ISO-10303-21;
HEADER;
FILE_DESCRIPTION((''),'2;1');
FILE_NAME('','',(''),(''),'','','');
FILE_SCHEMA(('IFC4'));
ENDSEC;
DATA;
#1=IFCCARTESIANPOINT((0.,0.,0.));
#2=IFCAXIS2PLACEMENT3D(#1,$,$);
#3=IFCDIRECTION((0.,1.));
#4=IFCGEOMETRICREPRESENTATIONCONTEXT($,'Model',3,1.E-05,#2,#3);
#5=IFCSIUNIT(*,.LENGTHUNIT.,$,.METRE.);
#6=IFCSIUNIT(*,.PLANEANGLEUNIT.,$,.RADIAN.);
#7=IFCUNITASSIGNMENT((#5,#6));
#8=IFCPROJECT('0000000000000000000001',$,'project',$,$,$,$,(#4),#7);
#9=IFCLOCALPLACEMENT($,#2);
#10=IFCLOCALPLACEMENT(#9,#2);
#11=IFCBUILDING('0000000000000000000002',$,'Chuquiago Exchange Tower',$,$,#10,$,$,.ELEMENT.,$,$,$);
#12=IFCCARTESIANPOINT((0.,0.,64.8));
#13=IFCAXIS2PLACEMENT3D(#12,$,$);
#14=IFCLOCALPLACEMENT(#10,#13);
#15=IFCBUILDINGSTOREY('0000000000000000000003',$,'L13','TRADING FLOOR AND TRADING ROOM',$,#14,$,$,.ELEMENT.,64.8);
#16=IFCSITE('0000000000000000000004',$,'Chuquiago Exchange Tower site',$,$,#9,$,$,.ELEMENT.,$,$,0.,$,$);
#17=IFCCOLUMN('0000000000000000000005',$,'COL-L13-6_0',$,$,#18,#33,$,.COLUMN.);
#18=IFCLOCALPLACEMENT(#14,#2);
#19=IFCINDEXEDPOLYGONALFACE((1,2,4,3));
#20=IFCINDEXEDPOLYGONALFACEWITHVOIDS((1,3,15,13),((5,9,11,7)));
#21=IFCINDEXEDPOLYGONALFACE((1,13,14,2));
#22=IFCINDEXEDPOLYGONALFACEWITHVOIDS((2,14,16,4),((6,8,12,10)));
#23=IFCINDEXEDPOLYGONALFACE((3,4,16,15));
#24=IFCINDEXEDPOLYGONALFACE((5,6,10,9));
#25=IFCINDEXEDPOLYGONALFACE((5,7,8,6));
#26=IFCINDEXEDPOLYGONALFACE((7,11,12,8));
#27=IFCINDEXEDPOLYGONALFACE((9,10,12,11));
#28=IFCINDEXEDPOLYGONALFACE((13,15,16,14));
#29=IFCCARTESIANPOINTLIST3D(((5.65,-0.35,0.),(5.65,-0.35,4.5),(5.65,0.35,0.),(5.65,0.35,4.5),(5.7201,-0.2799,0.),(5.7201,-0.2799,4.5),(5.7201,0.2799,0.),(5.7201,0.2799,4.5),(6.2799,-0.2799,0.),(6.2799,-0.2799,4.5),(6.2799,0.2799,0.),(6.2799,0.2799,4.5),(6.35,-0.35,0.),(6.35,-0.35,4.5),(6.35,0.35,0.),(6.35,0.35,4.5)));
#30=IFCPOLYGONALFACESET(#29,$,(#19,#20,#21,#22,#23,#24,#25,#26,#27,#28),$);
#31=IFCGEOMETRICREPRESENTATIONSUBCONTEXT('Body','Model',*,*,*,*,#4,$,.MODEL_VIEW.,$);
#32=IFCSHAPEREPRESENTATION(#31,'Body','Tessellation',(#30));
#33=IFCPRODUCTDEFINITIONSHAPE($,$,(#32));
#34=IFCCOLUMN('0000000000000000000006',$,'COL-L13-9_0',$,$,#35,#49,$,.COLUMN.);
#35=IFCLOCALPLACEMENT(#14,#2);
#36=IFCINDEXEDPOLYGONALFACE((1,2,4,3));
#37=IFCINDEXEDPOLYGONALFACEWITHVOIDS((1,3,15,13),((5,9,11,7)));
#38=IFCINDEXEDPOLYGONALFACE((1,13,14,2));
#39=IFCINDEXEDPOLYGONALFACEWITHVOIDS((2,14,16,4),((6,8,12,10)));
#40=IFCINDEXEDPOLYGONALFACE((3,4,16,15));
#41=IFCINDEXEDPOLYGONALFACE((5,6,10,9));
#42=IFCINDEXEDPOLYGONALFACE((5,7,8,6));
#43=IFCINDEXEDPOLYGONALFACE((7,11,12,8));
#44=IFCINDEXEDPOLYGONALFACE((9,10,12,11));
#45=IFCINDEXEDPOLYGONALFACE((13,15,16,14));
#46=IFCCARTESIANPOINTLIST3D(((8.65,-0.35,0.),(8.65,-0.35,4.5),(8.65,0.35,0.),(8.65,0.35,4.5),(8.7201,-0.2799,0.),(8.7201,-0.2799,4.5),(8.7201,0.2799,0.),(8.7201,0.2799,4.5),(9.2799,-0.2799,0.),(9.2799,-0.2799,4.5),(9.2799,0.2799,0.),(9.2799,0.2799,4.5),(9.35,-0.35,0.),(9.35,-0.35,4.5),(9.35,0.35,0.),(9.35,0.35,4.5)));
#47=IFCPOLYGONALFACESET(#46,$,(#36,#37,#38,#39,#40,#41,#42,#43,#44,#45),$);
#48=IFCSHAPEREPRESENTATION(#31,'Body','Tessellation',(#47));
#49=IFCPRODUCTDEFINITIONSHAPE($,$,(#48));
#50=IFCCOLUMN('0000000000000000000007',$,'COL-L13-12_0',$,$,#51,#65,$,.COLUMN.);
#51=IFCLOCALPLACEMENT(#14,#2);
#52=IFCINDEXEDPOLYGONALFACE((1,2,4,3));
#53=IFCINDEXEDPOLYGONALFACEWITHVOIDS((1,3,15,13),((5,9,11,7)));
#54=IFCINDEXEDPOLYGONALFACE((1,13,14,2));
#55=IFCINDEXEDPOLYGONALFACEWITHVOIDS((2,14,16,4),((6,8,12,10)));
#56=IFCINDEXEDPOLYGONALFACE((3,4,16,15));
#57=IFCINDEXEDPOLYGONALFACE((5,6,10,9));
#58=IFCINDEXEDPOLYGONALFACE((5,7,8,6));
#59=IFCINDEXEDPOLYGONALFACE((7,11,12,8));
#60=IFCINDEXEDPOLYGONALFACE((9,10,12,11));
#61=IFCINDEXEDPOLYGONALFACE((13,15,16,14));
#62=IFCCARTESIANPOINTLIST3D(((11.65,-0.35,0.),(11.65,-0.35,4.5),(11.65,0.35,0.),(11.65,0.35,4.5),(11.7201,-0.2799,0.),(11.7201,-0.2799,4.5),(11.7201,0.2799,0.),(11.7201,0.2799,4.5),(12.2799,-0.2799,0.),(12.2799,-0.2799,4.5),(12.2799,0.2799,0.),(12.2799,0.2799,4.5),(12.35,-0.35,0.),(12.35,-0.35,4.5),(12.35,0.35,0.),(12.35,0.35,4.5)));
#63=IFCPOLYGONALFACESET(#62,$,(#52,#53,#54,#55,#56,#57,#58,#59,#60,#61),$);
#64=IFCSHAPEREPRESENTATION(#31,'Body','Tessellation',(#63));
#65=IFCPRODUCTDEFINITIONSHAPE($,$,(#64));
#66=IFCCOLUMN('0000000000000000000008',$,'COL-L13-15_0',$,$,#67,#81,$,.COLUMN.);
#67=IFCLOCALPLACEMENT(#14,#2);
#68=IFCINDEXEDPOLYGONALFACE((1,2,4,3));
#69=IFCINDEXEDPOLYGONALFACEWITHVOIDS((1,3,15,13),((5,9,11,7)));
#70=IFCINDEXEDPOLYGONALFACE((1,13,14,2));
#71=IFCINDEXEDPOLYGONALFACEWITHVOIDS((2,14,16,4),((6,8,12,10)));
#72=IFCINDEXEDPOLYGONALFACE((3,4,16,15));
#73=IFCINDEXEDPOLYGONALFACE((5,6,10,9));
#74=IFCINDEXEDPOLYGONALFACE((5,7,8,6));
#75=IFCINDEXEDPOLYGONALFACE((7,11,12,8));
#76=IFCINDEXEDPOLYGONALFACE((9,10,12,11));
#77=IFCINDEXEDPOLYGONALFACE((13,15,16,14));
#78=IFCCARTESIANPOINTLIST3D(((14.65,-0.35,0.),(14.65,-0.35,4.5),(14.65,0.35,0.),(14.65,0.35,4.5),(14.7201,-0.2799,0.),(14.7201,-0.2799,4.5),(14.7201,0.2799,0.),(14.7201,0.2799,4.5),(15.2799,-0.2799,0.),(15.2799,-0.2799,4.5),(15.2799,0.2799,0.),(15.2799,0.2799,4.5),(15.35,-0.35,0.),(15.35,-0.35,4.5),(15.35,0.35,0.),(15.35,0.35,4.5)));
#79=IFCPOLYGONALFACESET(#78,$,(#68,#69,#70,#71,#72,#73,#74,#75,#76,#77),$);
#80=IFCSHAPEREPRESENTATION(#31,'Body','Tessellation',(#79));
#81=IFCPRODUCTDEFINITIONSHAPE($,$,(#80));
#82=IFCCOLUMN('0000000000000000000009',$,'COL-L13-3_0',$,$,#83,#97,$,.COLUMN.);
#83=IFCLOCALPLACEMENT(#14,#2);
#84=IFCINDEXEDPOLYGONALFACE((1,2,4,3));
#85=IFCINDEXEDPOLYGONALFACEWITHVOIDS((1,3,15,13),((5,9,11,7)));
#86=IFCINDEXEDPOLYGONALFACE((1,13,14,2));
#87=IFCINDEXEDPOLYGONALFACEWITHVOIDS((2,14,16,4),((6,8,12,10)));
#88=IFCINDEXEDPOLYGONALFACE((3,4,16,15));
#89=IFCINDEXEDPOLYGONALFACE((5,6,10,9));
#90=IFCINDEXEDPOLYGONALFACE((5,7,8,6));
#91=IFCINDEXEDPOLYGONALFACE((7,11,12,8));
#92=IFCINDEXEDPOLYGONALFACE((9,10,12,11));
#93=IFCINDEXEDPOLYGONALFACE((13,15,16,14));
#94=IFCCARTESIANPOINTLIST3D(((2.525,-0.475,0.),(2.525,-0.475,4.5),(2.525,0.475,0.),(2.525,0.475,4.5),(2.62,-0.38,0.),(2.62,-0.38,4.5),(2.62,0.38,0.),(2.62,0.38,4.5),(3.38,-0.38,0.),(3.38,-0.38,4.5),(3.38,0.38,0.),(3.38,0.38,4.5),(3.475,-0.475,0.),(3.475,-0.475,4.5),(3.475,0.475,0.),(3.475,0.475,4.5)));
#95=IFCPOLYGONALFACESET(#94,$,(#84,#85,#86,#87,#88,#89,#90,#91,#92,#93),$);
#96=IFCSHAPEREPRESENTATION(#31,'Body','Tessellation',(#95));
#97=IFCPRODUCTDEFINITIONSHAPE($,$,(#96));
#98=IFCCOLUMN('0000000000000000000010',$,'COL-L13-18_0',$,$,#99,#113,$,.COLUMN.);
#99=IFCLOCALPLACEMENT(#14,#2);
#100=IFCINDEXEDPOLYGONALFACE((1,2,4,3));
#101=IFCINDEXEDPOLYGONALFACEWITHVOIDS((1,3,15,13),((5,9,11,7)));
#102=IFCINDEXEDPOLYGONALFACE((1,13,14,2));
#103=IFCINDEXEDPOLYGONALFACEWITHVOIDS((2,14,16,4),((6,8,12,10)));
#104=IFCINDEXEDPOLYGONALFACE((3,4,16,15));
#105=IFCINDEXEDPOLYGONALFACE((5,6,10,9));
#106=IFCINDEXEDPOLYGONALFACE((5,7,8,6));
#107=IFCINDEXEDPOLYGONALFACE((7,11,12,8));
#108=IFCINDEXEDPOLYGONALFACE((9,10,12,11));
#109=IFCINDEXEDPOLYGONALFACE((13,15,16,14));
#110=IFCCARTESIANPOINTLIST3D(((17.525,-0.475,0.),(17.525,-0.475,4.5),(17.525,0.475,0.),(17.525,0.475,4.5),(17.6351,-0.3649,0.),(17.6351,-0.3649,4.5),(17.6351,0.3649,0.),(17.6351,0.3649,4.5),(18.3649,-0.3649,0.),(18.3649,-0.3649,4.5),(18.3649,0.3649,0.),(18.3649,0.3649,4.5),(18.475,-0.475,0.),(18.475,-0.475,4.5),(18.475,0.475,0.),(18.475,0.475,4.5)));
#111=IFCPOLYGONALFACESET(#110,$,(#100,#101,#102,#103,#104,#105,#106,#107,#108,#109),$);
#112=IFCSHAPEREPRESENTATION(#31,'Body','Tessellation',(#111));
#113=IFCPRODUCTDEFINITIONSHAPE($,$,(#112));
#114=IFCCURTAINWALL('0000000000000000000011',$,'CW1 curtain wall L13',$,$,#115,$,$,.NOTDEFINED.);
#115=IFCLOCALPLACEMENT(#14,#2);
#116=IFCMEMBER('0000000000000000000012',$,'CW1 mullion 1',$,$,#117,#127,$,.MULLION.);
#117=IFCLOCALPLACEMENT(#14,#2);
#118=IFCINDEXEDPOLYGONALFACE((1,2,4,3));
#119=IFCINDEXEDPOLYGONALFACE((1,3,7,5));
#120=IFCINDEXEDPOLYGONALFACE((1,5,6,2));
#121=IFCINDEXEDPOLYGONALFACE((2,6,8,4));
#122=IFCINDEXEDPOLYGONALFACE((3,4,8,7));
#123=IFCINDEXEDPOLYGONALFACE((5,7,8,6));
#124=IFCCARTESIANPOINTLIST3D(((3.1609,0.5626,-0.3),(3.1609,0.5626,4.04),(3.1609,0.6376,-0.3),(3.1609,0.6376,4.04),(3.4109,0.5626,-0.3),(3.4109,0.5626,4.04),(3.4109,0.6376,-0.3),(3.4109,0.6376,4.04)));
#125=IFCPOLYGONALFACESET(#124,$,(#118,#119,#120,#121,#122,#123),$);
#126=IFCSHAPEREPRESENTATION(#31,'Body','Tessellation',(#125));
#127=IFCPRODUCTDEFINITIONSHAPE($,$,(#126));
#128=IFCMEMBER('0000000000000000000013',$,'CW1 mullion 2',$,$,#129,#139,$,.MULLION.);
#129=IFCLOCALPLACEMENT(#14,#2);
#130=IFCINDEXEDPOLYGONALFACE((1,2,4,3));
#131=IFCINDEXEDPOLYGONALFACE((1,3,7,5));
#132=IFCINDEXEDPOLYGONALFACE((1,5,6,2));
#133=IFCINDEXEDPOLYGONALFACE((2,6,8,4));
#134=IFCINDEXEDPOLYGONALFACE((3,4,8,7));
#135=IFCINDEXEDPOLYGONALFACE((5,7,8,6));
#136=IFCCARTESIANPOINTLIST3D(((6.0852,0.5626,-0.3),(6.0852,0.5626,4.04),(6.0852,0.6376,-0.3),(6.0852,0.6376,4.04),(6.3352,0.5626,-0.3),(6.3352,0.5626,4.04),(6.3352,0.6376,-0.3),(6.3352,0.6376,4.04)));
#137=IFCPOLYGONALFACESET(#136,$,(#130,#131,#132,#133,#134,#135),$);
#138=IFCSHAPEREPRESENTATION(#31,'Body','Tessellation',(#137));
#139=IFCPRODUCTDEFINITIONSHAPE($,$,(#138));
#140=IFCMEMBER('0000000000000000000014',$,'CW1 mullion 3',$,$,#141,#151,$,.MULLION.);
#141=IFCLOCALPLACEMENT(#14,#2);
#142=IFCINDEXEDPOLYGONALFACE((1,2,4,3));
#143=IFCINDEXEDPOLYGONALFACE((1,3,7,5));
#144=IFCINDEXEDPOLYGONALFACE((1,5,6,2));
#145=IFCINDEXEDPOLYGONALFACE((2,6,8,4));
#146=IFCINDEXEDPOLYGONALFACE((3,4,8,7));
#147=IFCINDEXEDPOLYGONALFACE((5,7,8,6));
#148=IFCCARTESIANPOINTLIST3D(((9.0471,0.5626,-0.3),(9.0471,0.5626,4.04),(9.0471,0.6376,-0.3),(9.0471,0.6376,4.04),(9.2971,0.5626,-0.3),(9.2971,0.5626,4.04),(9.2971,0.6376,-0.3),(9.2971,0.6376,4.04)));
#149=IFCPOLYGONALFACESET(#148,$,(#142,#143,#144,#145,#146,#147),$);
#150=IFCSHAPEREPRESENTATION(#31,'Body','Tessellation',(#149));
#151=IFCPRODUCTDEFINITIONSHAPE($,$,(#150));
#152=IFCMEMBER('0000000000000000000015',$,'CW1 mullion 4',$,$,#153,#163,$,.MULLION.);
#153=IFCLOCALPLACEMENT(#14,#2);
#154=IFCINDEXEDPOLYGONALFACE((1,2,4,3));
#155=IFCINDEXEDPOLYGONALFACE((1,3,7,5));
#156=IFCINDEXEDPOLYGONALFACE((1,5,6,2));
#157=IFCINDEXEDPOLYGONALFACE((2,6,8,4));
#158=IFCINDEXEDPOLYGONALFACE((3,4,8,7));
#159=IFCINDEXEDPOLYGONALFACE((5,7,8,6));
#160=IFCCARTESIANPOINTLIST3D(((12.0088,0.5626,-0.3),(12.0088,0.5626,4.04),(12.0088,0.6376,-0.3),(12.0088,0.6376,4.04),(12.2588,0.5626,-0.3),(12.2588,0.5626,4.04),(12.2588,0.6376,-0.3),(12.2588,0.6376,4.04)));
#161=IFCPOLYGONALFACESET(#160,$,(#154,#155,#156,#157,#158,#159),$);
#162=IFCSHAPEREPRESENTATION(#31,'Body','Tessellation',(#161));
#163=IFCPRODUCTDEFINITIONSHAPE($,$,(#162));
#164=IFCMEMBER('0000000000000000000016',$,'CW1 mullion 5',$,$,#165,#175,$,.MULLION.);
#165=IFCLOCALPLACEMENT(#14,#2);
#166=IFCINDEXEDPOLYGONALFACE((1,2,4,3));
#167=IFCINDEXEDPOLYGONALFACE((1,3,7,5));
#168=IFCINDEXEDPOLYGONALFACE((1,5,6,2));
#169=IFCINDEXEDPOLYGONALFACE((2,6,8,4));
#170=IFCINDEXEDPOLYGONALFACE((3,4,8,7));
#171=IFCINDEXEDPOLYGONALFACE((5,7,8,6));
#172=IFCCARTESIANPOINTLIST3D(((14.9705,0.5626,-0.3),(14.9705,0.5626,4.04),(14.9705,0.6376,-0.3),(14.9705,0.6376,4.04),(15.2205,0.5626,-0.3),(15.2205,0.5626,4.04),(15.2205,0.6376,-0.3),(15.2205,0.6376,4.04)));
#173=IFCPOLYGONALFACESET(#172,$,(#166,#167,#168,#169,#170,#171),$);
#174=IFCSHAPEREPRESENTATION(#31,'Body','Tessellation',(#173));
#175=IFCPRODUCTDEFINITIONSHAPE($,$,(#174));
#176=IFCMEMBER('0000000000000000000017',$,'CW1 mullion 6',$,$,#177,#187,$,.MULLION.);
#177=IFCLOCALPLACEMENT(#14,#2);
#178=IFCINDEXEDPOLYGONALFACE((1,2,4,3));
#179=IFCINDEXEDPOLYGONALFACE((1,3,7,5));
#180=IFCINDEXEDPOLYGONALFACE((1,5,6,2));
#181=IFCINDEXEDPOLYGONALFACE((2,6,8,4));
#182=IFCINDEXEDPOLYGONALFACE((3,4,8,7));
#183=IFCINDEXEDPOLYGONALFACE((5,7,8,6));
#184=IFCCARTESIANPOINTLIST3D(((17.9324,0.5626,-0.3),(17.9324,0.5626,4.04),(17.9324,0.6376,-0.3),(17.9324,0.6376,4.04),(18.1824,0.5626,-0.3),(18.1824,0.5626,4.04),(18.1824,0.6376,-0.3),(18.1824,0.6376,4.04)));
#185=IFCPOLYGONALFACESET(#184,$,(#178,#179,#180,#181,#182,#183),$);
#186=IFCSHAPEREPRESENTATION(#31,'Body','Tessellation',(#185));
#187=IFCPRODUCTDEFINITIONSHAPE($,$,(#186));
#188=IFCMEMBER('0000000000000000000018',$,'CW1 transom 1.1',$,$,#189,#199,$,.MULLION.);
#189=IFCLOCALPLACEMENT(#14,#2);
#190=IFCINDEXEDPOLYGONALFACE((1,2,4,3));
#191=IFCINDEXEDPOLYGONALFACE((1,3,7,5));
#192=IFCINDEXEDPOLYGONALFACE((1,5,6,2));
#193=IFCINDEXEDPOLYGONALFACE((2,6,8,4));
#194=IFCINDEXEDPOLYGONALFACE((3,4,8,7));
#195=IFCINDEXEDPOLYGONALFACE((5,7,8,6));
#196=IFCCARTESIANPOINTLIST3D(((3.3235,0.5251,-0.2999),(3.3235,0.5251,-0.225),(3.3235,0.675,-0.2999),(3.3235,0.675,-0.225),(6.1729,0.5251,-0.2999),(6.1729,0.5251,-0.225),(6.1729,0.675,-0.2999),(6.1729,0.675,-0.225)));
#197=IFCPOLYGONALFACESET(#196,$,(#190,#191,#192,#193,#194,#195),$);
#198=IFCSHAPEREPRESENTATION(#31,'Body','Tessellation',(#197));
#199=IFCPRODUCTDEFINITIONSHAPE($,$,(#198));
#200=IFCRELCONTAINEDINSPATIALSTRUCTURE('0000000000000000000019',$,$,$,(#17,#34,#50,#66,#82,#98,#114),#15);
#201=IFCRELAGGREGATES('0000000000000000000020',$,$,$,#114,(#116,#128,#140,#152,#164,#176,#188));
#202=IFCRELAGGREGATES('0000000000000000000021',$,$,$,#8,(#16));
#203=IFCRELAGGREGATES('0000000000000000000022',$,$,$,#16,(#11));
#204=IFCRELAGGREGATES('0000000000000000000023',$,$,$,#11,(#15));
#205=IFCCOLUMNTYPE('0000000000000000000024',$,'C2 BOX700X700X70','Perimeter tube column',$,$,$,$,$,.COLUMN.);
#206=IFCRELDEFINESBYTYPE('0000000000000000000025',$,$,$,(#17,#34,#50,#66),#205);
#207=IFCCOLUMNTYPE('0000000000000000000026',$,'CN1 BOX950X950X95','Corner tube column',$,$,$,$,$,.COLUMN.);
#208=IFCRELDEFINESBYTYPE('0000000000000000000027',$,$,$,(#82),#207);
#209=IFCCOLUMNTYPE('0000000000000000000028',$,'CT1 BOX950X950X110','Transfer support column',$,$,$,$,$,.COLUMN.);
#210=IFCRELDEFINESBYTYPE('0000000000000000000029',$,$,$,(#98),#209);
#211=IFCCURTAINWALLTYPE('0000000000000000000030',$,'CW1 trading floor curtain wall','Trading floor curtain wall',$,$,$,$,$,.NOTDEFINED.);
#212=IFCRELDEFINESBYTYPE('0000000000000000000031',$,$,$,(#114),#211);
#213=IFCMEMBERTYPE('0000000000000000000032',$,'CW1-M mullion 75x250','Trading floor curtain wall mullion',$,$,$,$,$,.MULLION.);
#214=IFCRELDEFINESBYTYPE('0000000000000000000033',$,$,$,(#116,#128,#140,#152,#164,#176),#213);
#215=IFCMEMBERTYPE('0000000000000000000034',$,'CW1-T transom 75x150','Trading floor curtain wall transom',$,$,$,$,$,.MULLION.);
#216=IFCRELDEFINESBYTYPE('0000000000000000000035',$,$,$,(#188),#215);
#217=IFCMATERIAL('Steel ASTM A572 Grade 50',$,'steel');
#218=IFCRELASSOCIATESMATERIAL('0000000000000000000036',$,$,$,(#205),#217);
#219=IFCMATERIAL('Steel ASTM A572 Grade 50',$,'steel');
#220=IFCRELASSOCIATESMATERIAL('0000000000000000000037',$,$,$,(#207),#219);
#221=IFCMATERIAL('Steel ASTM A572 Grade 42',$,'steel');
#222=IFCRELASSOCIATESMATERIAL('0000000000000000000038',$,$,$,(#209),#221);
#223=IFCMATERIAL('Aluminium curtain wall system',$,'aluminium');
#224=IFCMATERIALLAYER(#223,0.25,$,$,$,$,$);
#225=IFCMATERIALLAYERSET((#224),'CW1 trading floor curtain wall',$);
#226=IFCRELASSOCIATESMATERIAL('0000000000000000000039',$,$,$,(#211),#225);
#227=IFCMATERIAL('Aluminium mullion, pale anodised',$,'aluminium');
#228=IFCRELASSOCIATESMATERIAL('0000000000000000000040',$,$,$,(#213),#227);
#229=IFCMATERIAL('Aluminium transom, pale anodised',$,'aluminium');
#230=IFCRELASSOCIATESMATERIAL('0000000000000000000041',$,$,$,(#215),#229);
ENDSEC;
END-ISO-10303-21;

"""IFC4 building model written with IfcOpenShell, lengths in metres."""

from ifc_helpers import new_model, si_unit, direction, frame, origin, origin_2d, place, context, subcontext, project, spatial, rectangle, hollow_rectangle, extrude, material, layer, layer_set, material_profile, profile_set, type_object, element, aggregate, save


model = new_model("IFC4")

# Units and contexts
model_context = context("Model", 3, precision=1e-05, world=origin(), true_north=direction((0.0, 1.0)))
body_context = subcontext(model_context, "Body", "Model", "MODEL_VIEW")
ifc_project = project(units=[si_unit("LENGTHUNIT", "METRE"), si_unit("PLANEANGLEUNIT", "RADIAN")], contexts=[model_context])

# Site, building, storey
site_placement = place(None, origin())
site = spatial("IfcSite", under=ifc_project, at=site_placement, Name="Chuquiago Exchange Tower site", CompositionType="ELEMENT", RefElevation=0.0)
building_placement = place(site_placement, origin())
building = spatial("IfcBuilding", under=site, at=building_placement, Name="Chuquiago Exchange Tower", CompositionType="ELEMENT")
storey_placement = place(building_placement, frame((0.0, 0.0, 64.8)))
storey = spatial("IfcBuildingStorey", under=building, at=storey_placement, Name="L13", Description="TRADING FLOOR AND TRADING ROOM", CompositionType="ELEMENT", Elevation=64.8)

# Columns
ifc_material_1 = material(Name="Steel ASTM A572 Grade 50", Category="steel")
ifc_material_profile_1 = material_profile(ifc_material_1, hollow_rectangle(XDim=0.7, YDim=0.7, WallThickness=0.0701, at=origin_2d()), Name="BOX700X700X70")
ifc_profile_set_1 = profile_set([ifc_material_profile_1], Name="Steel ASTM A572 Grade 50")
column_type_1 = type_object("IfcColumnType", Name="C2 BOX700X700X70", Description="Perimeter tube column", PredefinedType="COLUMN", material=ifc_profile_set_1)
for number, where, z_axis, x_axis, name in (
    (1, (6.0, 0.0, 0.0), (0.0, 0.0, 1.0), (0.0, -1.0, 0.0), "COL-L13-6_0"),
    (2, (9.0, 0.0, 0.0), (0.0, 0.0, 1.0), (0.0, -1.0, 0.0), "COL-L13-9_0"),
    (3, (12.0, 0.0, 0.0), (0.0, 0.0, 1.0), (0.0, -1.0, 0.0), "COL-L13-12_0"),
    (4, (15.0, 0.0, 0.0), (0.0, 0.0, 1.0), (0.0, -1.0, 0.0), "COL-L13-15_0"),
):
    element("IfcColumn", number, at=place(storey_placement, frame(where, z_axis=z_axis, x_axis=x_axis)), inside=storey, type_object=column_type_1, Name=name, PredefinedType="COLUMN", context=body_context, shape_type="SweptSolid", body=[
        extrude(hollow_rectangle(XDim=0.7, YDim=0.7, WallThickness=0.0701, at=origin_2d()), origin(), (0.0, 0.0, 1.0), 4.5),
    ])
ifc_material_2 = material(Name="Steel ASTM A572 Grade 50", Category="steel")
ifc_material_profile_2 = material_profile(ifc_material_2, hollow_rectangle(XDim=0.95, YDim=0.95, WallThickness=0.095, at=origin_2d()), Name="BOX950X950X95")
ifc_profile_set_2 = profile_set([ifc_material_profile_2], Name="Steel ASTM A572 Grade 50")
column_type_2 = type_object("IfcColumnType", Name="CN1 BOX950X950X95", Description="Corner tube column", PredefinedType="COLUMN", material=ifc_profile_set_2)
column_1_placement = place(storey_placement, frame((3.0, 0.0, 0.0), z_axis=(0.0, 0.0, 1.0), x_axis=(0.0, -1.0, 0.0)))
element("IfcColumn", 5, at=column_1_placement, inside=storey, type_object=column_type_2, Name="COL-L13-3_0", PredefinedType="COLUMN", context=body_context, shape_type="SweptSolid", body=[
    extrude(hollow_rectangle(XDim=0.95, YDim=0.95, WallThickness=0.095, at=origin_2d()), origin(), (0.0, 0.0, 1.0), 4.5),
])
ifc_material_3 = material(Name="Steel ASTM A572 Grade 42", Category="steel")
ifc_material_profile_3 = material_profile(ifc_material_3, hollow_rectangle(XDim=0.95, YDim=0.95, WallThickness=0.1101, at=origin_2d()), Name="BOX950X950X110")
ifc_profile_set_3 = profile_set([ifc_material_profile_3], Name="Steel ASTM A572 Grade 42")
column_type_3 = type_object("IfcColumnType", Name="CT1 BOX950X950X110", Description="Transfer support column", PredefinedType="COLUMN", material=ifc_profile_set_3)
column_2_placement = place(storey_placement, frame((18.0, 0.0, 0.0), z_axis=(0.0, 0.0, 1.0), x_axis=(0.0, -1.0, 0.0)))
element("IfcColumn", 6, at=column_2_placement, inside=storey, type_object=column_type_3, Name="COL-L13-18_0", PredefinedType="COLUMN", context=body_context, shape_type="SweptSolid", body=[
    extrude(hollow_rectangle(XDim=0.95, YDim=0.95, WallThickness=0.1101, at=origin_2d()), origin(), (0.0, 0.0, 1.0), 4.5),
])

# Curtain wall, members
ifc_material_4 = material(Name="Aluminium curtain wall system", Category="aluminium")
ifc_layer_1 = layer(ifc_material_4, 0.25)
ifc_layer_set_1 = layer_set([ifc_layer_1], Name="CW1 trading floor curtain wall")
curtain_wall_type_1 = type_object("IfcCurtainWallType", Name="CW1 trading floor curtain wall", Description="Trading floor curtain wall", PredefinedType="NOTDEFINED", material=ifc_layer_set_1)
curtain_wall_1_placement = place(storey_placement, origin())
curtain_wall_1 = element("IfcCurtainWall", 7, at=curtain_wall_1_placement, inside=storey, type_object=curtain_wall_type_1, Name="CW1 curtain wall L13", PredefinedType="NOTDEFINED")
ifc_material_5 = material(Name="Aluminium mullion, pale anodised", Category="aluminium")
ifc_material_profile_4 = material_profile(ifc_material_5, rectangle(XDim=0.075, YDim=0.25, at=origin_2d()), Name="AL 75x250")
ifc_profile_set_4 = profile_set([ifc_material_profile_4], Name="Aluminium mullion, pale anodised")
member_type_1 = type_object("IfcMemberType", Name="CW1-M mullion 75x250", Description="Trading floor curtain wall mullion", PredefinedType="MULLION", material=ifc_profile_set_4)
member_1_placement = place(storey_placement, frame((3.2859, 0.6001, -0.3), z_axis=(0.0, 0.0, 1.0), x_axis=(0.0, 1.0, 0.0)))
member_1 = element("IfcMember", 8, at=member_1_placement, type_object=member_type_1, Name="CW1 mullion 1", PredefinedType="MULLION", context=body_context, shape_type="SweptSolid", body=[
    extrude(rectangle(XDim=0.075, YDim=0.25, at=origin_2d()), origin(), (0.0, 0.0, 1.0), 4.3401),
])
member_2_placement = place(storey_placement, frame((6.2102, 0.6001, -0.3), z_axis=(0.0, 0.0, 1.0), x_axis=(0.0, 1.0, 0.0)))
member_2 = element("IfcMember", 9, at=member_2_placement, type_object=member_type_1, Name="CW1 mullion 2", PredefinedType="MULLION", context=body_context, shape_type="SweptSolid", body=[
    extrude(rectangle(XDim=0.075, YDim=0.25, at=origin_2d()), origin(), (0.0, 0.0, 1.0), 4.3401),
])
member_3_placement = place(storey_placement, frame((9.1721, 0.6001, -0.3), z_axis=(0.0, 0.0, 1.0), x_axis=(0.0, 1.0, 0.0)))
member_3 = element("IfcMember", 10, at=member_3_placement, type_object=member_type_1, Name="CW1 mullion 3", PredefinedType="MULLION", context=body_context, shape_type="SweptSolid", body=[
    extrude(rectangle(XDim=0.075, YDim=0.25, at=origin_2d()), origin(), (0.0, 0.0, 1.0), 4.3401),
])
member_4_placement = place(storey_placement, frame((12.1338, 0.6001, -0.3), z_axis=(0.0, 0.0, 1.0), x_axis=(0.0, 1.0, 0.0)))
member_4 = element("IfcMember", 11, at=member_4_placement, type_object=member_type_1, Name="CW1 mullion 4", PredefinedType="MULLION", context=body_context, shape_type="SweptSolid", body=[
    extrude(rectangle(XDim=0.075, YDim=0.25, at=origin_2d()), origin(), (0.0, 0.0, 1.0), 4.3401),
])
member_5_placement = place(storey_placement, frame((15.0955, 0.6001, -0.3), z_axis=(0.0, 0.0, 1.0), x_axis=(0.0, 1.0, 0.0)))
member_5 = element("IfcMember", 12, at=member_5_placement, type_object=member_type_1, Name="CW1 mullion 5", PredefinedType="MULLION", context=body_context, shape_type="SweptSolid", body=[
    extrude(rectangle(XDim=0.075, YDim=0.25, at=origin_2d()), origin(), (0.0, 0.0, 1.0), 4.3401),
])
member_6_placement = place(storey_placement, frame((18.0574, 0.6001, -0.3), z_axis=(0.0, 0.0, 1.0), x_axis=(0.0, 1.0, 0.0)))
member_6 = element("IfcMember", 13, at=member_6_placement, type_object=member_type_1, Name="CW1 mullion 6", PredefinedType="MULLION", context=body_context, shape_type="SweptSolid", body=[
    extrude(rectangle(XDim=0.075, YDim=0.25, at=origin_2d()), origin(), (0.0, 0.0, 1.0), 4.3401),
])
ifc_material_6 = material(Name="Aluminium transom, pale anodised", Category="aluminium")
ifc_material_profile_5 = material_profile(ifc_material_6, rectangle(XDim=0.1499, YDim=0.075, at=origin_2d()), Name="AL 150x75")
ifc_profile_set_5 = profile_set([ifc_material_profile_5], Name="Aluminium transom, pale anodised")
member_type_2 = type_object("IfcMemberType", Name="CW1-T transom 75x150", Description="Trading floor curtain wall transom", PredefinedType="MULLION", material=ifc_profile_set_5)
member_7_placement = place(storey_placement, frame((3.3235, 0.6001, -0.2625), z_axis=(1.0, 0.0, 0.0), x_axis=(0.0, 1.0, 0.0)))
member_7 = element("IfcMember", 14, at=member_7_placement, type_object=member_type_2, Name="CW1 transom 1.1", PredefinedType="MULLION", context=body_context, shape_type="SweptSolid", body=[
    extrude(rectangle(XDim=0.1499, YDim=0.075, at=origin_2d()), origin(), (0.0, 0.0, 1.0), 2.8494),
])

aggregate(curtain_wall_1, [member_1, member_2, member_3, member_4, member_5, member_6, member_7])

save(model, "model.ifc")
